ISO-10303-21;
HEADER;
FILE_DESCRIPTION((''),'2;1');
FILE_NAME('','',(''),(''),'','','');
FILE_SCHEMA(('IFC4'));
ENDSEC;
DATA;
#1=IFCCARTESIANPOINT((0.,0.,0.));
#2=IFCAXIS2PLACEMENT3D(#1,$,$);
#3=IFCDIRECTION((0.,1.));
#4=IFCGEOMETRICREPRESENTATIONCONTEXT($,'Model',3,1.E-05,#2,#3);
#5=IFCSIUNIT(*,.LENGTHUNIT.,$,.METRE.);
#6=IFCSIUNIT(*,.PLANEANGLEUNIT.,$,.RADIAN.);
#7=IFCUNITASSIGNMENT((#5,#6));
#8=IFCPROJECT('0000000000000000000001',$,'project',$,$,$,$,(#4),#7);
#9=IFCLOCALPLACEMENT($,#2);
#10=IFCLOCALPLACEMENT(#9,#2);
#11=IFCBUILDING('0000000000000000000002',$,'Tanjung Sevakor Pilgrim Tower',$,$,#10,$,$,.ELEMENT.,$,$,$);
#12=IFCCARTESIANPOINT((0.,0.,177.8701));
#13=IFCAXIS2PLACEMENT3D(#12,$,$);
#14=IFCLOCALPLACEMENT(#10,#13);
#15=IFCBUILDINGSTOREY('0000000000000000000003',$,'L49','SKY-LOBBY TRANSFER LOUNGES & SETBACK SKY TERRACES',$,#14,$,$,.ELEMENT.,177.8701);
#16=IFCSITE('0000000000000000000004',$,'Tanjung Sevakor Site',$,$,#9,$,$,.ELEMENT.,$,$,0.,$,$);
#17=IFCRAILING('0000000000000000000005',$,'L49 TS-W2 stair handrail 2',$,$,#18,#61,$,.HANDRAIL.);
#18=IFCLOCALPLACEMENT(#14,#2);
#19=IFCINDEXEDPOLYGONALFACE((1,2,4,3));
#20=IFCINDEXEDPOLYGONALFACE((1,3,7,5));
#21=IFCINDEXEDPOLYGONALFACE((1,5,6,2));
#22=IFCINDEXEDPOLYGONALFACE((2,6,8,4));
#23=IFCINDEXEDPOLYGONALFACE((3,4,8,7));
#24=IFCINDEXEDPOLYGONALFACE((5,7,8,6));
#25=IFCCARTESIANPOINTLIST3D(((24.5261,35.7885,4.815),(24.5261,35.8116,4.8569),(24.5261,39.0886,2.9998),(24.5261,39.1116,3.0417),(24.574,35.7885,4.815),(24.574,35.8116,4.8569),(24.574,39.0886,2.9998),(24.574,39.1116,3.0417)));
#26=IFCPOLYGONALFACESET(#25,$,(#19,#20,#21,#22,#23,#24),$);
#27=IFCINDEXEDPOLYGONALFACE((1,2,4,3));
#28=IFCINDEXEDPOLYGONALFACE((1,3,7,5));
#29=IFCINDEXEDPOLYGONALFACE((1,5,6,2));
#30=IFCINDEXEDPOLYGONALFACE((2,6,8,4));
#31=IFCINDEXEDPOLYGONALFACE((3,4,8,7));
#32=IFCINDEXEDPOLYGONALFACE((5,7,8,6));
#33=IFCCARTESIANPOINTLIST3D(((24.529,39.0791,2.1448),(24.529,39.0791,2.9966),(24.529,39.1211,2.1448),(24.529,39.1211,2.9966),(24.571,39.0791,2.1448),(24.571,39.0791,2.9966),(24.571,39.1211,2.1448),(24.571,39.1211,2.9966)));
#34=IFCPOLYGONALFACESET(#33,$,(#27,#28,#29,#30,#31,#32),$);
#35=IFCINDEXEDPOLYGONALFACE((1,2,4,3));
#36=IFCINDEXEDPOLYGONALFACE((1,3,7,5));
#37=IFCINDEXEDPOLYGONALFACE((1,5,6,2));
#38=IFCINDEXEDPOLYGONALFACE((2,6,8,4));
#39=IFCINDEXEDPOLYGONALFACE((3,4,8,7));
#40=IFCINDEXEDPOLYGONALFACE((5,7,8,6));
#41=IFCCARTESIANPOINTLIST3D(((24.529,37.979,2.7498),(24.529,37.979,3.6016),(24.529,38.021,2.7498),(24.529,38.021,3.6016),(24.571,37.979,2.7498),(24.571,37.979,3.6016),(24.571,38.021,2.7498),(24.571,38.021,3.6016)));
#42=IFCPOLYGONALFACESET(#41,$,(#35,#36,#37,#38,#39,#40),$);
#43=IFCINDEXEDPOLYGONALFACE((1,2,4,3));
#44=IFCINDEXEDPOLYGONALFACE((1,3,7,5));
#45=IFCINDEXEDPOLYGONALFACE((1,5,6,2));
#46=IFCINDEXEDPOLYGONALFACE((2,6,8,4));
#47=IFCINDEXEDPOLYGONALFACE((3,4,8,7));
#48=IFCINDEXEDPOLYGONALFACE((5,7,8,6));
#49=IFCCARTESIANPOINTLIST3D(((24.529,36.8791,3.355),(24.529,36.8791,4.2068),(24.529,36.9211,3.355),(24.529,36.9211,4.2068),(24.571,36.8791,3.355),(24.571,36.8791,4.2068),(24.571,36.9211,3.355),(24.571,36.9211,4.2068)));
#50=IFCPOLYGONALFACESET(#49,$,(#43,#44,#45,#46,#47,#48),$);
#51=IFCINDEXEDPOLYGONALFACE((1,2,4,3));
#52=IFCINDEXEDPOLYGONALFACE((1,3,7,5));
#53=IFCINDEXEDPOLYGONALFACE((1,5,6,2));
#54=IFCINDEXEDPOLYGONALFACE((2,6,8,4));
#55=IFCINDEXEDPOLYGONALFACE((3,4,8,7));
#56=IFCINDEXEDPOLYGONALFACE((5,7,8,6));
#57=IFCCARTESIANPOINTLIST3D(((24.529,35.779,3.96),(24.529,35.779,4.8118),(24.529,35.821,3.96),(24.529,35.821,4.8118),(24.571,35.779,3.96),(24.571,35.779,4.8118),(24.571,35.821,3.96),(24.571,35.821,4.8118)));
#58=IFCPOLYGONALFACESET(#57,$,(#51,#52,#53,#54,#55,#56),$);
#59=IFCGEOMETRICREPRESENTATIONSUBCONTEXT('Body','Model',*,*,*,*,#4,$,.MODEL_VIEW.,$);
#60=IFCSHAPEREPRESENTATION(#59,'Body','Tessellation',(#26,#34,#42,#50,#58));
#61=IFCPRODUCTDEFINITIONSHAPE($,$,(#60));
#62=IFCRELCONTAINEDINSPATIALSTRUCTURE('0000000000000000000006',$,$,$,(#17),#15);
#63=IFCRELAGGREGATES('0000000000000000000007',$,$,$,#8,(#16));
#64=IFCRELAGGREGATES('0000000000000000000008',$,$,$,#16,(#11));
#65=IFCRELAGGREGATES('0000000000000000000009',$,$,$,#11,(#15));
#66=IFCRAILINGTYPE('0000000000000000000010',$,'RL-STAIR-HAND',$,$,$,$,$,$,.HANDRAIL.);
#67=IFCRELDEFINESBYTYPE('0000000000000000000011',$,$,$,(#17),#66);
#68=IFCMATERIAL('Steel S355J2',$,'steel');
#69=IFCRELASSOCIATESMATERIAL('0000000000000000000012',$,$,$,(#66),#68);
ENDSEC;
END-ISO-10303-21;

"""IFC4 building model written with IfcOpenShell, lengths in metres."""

from ifc_helpers import new_model, si_unit, direction, frame, origin, place, context, subcontext, project, spatial, rectangle, extrude, material, type_object, element, save


model = new_model("IFC4")

# Units and contexts
model_context = context("Model", 3, precision=1e-05, world=origin(), true_north=direction((0.0, 1.0)))
body_context = subcontext(model_context, "Body", "Model", "MODEL_VIEW")
ifc_project = project(units=[si_unit("LENGTHUNIT", "METRE"), si_unit("PLANEANGLEUNIT", "RADIAN")], contexts=[model_context])

# Site, building, storey
site_placement = place(None, origin())
site = spatial("IfcSite", under=ifc_project, at=site_placement, Name="Tanjung Sevakor Site", CompositionType="ELEMENT", RefElevation=0.0)
building_placement = place(site_placement, origin())
building = spatial("IfcBuilding", under=site, at=building_placement, Name="Tanjung Sevakor Pilgrim Tower", CompositionType="ELEMENT")
storey_placement = place(building_placement, frame((0.0, 0.0, 177.8701)))
storey = spatial("IfcBuildingStorey", under=building, at=storey_placement, Name="L49", Description="SKY-LOBBY TRANSFER LOUNGES & SETBACK SKY TERRACES", CompositionType="ELEMENT", Elevation=177.8701)

# Railing
ifc_material_1 = material(Name="Steel S355J2", Category="steel")
railing_type_1 = type_object("IfcRailingType", Name="RL-STAIR-HAND", PredefinedType="HANDRAIL", material=ifc_material_1)
railing_1_placement = place(storey_placement, frame((24.55, 39.1001, 2.1448)))
element("IfcRailing", 1, at=railing_1_placement, inside=storey, type_object=railing_type_1, Name="L49 TS-W2 stair handrail 2", PredefinedType="HANDRAIL", context=body_context, shape_type="SweptSolid", body=[
    extrude(rectangle(XDim=0.0479, YDim=0.0479), frame((0.0, 0.0, 0.876), z_axis=(0.0, -0.876198, 0.481951), x_axis=(1.0, 0.0, 0.0)), (0.0, 0.0, 1.0), 3.7664),
    extrude(rectangle(XDim=0.042, YDim=0.042), origin(), (0.0, 0.0, 1.0), 0.8518),
    extrude(rectangle(XDim=0.042, YDim=0.042), frame((0.0, -1.1001, 0.605)), (0.0, 0.0, 1.0), 0.8518),
    extrude(rectangle(XDim=0.042, YDim=0.042), frame((0.0, -2.2, 1.2102)), (0.0, 0.0, 1.0), 0.8518),
    extrude(rectangle(XDim=0.042, YDim=0.042), frame((0.0, -3.3, 1.8152)), (0.0, 0.0, 1.0), 0.8518),
])

save(model, "model.ifc")
